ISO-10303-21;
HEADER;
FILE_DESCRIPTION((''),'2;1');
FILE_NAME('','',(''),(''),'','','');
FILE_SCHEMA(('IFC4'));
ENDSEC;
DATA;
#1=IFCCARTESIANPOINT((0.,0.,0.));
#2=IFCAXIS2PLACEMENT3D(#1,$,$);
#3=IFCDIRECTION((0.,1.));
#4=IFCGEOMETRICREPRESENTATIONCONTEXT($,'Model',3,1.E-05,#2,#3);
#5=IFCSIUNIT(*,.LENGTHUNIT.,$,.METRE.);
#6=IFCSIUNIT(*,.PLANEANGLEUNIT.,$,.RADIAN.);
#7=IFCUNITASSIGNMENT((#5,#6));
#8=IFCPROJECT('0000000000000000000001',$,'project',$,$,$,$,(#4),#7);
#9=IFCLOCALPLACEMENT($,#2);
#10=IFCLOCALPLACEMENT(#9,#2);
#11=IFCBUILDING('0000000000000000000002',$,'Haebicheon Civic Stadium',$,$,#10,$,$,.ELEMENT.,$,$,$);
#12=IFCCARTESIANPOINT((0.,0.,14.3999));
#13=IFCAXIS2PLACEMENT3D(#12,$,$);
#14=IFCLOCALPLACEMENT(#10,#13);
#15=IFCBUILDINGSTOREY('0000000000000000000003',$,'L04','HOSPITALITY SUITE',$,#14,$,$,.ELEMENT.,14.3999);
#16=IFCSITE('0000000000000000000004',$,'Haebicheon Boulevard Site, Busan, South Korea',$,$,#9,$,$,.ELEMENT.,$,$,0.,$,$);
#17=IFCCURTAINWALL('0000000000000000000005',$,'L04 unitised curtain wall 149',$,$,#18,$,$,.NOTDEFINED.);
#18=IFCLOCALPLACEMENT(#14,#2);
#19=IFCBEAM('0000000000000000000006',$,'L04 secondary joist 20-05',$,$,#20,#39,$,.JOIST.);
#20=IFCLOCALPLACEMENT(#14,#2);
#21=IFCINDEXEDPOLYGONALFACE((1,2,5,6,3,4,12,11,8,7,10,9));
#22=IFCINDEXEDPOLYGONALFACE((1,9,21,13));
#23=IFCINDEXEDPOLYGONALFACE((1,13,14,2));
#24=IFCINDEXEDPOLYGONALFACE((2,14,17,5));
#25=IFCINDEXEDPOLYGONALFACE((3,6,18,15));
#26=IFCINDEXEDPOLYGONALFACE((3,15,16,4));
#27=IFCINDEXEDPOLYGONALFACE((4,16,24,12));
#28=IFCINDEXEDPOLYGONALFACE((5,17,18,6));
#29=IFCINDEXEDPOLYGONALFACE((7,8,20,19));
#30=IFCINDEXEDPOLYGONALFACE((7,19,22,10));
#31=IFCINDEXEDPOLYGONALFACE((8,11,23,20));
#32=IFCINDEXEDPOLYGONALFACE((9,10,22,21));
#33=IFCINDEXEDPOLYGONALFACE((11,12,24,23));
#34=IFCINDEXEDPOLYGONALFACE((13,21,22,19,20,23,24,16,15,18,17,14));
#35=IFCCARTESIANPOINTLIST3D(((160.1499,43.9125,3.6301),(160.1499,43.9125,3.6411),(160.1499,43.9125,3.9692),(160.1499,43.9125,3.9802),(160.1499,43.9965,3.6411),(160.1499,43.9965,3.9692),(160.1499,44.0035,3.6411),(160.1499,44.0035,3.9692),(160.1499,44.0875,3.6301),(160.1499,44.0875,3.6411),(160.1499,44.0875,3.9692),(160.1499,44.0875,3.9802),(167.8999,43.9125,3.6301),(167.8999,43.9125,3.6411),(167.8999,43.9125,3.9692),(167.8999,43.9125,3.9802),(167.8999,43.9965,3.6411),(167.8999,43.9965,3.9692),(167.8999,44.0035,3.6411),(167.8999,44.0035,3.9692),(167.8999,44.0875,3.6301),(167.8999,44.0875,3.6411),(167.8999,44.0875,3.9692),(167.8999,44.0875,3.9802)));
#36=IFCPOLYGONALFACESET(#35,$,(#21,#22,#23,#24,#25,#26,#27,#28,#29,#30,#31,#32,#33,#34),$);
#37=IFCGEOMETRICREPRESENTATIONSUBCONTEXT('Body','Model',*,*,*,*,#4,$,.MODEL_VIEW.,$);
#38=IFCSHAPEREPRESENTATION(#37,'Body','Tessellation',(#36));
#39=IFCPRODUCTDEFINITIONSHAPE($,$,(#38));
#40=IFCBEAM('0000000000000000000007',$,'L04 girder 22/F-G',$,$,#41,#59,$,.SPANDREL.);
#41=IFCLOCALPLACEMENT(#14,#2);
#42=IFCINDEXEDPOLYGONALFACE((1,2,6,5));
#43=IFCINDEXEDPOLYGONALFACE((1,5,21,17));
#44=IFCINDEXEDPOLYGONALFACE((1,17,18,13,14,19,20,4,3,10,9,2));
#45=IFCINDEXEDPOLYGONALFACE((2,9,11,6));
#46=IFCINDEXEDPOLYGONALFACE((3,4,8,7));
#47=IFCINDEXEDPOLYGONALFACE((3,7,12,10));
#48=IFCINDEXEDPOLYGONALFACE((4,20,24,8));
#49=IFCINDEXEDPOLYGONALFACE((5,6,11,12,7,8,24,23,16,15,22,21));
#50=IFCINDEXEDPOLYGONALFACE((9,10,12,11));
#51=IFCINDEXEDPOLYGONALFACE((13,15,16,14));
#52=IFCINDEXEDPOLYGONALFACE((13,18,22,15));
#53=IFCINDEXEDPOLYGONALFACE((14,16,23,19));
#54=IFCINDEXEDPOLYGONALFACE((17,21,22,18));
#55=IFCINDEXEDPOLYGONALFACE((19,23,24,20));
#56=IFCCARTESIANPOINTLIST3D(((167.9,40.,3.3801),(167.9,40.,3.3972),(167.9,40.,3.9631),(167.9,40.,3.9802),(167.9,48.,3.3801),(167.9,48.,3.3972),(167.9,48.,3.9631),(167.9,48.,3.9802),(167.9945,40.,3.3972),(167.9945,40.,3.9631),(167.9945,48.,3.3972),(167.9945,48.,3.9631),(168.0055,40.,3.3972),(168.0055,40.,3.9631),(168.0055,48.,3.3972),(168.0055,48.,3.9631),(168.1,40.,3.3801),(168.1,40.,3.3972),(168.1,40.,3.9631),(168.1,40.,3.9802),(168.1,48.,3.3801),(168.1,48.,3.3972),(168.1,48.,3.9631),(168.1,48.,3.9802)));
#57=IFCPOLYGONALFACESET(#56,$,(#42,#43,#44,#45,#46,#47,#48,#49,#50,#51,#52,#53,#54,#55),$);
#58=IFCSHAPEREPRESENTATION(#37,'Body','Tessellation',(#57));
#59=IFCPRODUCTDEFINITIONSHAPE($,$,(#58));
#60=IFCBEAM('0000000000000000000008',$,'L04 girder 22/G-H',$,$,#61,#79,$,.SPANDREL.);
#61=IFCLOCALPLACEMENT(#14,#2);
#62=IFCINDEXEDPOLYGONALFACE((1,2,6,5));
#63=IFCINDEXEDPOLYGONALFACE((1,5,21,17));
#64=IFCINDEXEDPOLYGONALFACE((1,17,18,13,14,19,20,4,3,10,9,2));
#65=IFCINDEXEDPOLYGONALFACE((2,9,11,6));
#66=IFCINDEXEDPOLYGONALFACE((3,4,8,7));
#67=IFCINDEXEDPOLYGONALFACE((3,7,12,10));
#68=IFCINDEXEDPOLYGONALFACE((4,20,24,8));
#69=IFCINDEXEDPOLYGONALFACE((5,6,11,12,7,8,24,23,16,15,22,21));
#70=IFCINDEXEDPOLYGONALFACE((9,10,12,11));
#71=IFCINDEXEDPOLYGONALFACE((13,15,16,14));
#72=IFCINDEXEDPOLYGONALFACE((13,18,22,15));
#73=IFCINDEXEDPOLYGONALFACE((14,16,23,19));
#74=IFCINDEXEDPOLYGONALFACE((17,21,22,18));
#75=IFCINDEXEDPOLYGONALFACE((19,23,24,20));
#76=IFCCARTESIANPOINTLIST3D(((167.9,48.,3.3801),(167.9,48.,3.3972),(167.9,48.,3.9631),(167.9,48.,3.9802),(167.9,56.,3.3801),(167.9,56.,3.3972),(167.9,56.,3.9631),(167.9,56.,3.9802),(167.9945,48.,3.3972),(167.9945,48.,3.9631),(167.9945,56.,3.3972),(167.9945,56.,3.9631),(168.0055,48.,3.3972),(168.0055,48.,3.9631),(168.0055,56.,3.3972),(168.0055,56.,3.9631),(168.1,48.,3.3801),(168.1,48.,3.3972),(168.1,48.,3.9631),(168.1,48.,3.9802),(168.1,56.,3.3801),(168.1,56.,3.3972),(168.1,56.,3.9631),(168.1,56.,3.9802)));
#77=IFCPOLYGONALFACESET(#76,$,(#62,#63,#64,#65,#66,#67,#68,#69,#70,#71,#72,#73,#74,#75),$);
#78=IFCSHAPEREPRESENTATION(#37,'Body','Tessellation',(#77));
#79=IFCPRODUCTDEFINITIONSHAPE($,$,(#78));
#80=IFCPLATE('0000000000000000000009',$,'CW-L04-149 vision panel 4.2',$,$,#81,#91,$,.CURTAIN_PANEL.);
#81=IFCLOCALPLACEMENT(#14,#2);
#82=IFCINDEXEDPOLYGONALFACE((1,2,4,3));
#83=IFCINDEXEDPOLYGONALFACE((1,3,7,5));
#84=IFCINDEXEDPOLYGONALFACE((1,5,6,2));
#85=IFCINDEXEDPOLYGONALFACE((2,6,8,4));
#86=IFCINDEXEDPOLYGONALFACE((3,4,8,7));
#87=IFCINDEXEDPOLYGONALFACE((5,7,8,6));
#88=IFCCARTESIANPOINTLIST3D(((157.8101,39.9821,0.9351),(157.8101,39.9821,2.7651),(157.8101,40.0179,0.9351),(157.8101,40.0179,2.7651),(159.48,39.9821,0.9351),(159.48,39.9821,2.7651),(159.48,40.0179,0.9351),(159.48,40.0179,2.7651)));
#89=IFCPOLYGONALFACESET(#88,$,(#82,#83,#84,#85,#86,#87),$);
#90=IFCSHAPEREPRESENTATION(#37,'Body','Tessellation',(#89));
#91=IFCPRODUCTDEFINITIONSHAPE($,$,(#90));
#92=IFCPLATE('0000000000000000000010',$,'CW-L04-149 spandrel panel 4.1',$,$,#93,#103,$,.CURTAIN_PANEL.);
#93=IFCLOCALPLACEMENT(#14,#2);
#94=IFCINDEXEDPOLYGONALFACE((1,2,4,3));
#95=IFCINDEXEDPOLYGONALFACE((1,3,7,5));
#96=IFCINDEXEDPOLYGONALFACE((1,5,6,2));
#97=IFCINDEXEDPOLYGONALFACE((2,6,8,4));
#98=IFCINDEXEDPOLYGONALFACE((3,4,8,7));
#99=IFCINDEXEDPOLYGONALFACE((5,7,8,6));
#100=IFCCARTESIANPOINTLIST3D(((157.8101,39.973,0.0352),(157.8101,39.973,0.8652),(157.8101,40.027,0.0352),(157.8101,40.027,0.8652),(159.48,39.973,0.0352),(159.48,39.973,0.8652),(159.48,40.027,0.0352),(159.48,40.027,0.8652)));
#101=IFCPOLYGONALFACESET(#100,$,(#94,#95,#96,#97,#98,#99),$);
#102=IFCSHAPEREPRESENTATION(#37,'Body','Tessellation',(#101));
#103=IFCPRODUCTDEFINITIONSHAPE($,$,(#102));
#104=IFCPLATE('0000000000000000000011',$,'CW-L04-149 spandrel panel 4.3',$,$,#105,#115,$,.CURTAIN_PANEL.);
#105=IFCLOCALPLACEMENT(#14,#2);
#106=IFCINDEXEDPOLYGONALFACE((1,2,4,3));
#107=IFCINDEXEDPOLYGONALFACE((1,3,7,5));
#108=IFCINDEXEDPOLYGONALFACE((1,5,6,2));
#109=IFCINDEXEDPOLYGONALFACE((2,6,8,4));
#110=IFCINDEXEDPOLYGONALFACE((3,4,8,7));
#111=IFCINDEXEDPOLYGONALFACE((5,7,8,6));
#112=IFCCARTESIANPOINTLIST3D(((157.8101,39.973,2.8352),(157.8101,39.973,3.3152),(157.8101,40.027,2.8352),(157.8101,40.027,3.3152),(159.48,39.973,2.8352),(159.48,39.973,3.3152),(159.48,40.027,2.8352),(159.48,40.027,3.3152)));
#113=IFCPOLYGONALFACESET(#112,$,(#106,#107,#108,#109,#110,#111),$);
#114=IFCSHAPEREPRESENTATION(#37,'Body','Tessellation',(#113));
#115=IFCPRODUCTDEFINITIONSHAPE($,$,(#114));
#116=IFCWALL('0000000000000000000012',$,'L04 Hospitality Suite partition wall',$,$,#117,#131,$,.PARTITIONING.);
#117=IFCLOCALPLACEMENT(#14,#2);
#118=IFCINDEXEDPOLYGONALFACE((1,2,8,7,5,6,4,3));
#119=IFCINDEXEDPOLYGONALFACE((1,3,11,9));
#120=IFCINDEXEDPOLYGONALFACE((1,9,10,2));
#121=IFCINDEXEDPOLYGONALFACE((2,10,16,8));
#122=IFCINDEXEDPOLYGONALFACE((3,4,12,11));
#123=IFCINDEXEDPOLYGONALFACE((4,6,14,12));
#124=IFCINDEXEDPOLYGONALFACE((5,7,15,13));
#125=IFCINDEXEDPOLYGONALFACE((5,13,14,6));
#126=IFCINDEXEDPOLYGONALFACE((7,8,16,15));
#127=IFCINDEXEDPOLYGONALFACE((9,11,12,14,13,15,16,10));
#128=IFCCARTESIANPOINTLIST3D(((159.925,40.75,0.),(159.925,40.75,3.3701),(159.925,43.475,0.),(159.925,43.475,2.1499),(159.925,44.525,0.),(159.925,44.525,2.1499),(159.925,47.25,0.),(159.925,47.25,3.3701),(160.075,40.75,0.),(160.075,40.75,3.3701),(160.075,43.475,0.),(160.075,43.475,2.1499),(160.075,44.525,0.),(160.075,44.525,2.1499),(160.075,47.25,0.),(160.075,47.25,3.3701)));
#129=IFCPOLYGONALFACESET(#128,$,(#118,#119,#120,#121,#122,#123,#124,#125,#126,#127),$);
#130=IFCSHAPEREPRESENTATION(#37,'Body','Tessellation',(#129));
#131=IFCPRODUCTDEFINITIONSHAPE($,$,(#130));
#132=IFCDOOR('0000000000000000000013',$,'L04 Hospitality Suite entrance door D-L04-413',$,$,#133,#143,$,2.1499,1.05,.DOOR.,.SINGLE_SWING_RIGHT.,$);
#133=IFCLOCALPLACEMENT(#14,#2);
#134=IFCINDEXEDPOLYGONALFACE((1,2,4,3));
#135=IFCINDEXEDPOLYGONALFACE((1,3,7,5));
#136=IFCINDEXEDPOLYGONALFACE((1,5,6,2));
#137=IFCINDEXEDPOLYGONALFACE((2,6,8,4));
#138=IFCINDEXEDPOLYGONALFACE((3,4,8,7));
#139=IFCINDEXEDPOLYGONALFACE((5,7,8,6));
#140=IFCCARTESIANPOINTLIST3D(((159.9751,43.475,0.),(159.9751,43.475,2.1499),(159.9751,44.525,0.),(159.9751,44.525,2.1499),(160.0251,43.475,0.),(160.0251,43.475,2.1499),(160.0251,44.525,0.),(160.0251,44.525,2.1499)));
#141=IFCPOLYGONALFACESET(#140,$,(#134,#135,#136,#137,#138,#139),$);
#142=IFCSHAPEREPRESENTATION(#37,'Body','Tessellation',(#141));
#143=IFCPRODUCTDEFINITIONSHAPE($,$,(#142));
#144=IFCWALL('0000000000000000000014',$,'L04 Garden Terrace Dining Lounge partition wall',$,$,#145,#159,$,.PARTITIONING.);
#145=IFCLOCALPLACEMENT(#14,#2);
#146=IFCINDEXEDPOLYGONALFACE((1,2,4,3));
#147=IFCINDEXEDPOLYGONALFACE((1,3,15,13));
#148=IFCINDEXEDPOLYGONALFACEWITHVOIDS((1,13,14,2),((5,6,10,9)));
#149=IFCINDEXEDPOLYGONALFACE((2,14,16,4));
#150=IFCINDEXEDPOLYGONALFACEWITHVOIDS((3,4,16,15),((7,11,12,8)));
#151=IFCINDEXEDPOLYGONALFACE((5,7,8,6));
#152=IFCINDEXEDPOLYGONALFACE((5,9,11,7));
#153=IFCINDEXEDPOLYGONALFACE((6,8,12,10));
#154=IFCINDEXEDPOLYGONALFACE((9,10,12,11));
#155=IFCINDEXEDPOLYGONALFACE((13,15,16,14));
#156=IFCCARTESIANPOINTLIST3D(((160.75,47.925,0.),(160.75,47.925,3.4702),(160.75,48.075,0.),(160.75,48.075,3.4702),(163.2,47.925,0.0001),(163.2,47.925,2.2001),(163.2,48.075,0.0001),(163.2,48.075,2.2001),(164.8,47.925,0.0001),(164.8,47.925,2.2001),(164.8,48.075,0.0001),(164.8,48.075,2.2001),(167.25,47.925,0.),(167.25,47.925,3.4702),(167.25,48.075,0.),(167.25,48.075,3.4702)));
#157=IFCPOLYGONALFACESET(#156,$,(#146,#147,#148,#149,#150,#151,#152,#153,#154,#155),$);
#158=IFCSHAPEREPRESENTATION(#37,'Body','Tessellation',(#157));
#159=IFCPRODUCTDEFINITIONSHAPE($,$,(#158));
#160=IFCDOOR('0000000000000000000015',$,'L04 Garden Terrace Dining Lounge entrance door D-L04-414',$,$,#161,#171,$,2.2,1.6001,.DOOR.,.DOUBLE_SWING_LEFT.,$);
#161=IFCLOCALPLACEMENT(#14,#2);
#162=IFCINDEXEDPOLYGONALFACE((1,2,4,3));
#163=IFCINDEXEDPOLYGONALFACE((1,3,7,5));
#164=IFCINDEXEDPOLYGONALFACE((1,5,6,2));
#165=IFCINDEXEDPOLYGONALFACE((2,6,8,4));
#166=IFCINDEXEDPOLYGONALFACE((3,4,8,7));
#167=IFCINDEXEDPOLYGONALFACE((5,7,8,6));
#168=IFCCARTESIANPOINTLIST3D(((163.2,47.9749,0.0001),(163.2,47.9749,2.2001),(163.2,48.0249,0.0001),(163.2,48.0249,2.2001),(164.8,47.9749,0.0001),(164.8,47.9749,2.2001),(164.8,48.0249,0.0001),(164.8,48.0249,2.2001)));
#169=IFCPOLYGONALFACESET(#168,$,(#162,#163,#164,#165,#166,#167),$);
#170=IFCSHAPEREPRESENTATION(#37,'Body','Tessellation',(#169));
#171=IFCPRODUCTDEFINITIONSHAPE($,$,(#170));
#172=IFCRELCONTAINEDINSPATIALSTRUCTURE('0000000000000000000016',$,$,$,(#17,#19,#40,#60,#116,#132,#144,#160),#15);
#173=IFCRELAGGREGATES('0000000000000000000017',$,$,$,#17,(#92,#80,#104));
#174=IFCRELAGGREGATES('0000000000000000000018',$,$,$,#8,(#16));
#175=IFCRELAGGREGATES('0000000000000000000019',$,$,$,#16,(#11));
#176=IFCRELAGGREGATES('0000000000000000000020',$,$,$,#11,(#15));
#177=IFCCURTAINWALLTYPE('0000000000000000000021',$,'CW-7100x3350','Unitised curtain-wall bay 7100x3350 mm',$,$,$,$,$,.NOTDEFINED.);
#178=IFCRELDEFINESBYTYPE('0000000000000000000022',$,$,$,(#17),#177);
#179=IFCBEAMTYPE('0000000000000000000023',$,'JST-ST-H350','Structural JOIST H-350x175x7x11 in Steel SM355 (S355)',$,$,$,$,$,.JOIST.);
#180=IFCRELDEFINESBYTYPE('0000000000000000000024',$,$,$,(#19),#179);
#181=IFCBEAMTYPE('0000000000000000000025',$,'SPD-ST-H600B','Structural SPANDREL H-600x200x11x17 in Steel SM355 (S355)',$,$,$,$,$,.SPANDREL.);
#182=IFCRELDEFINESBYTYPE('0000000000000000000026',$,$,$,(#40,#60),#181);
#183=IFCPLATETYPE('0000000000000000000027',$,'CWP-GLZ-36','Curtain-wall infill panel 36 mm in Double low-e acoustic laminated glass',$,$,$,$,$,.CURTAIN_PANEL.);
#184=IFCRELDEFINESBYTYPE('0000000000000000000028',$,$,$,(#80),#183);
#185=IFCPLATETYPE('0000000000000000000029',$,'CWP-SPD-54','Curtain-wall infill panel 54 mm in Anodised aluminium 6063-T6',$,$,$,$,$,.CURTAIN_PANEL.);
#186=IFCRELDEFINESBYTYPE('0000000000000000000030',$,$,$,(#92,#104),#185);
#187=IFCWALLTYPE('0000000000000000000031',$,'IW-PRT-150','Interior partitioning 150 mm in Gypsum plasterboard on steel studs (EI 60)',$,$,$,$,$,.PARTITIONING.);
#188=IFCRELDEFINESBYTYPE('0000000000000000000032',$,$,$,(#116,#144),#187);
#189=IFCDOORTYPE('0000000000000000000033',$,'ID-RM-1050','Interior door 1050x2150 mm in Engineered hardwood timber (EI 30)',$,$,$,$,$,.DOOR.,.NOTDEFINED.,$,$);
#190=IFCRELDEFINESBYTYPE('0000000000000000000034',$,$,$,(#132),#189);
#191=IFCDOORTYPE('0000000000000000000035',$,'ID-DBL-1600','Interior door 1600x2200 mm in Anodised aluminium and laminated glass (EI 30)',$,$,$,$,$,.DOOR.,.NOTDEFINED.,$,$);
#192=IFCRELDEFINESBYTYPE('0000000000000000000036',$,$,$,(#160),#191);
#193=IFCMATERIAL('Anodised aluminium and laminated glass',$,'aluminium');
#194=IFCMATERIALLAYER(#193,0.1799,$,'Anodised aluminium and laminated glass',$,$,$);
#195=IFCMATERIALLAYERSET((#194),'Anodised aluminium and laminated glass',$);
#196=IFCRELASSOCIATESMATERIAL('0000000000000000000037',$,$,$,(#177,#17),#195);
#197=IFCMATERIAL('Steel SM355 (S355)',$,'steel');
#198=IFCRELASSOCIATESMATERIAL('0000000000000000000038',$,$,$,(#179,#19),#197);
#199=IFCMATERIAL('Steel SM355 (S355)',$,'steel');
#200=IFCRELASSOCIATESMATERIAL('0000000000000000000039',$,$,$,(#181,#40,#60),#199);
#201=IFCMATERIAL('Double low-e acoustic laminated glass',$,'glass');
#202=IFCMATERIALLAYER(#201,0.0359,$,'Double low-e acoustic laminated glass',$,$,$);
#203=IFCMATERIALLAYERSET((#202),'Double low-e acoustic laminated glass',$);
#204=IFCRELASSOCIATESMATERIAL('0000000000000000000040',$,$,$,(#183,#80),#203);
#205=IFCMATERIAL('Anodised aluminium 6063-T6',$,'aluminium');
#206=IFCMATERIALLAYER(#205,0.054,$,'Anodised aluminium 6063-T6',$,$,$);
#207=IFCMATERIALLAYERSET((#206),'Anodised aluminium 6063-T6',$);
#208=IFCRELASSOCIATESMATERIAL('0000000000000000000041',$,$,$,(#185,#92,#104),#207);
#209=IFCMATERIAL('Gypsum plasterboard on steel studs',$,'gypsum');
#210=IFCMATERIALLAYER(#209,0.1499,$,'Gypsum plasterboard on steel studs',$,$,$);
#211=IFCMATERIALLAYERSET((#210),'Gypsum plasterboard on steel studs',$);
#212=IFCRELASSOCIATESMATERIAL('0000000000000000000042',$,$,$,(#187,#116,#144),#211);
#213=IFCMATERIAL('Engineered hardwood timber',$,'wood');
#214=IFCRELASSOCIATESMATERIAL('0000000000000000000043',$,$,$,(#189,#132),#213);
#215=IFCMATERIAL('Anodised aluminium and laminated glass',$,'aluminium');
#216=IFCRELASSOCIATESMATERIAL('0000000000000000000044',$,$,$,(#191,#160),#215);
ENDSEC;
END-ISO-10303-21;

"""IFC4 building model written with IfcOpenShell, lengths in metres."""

from ifc_helpers import new_model, si_unit, direction, frame, frame_2d, origin, origin_2d, place, context, subcontext, project, spatial, rectangle, i_section, extrude, material, layer, layer_set, material_profile, profile_set, type_object, element, fill, aggregate, save


model = new_model("IFC4")

# Units and contexts
model_context = context("Model", 3, precision=1e-05, world=origin(), true_north=direction((0.0, 1.0)))
body_context = subcontext(model_context, "Body", "Model", "MODEL_VIEW")
ifc_project = project(units=[si_unit("LENGTHUNIT", "METRE"), si_unit("PLANEANGLEUNIT", "RADIAN")], contexts=[model_context])

# Site, building, storey
site_placement = place(None, origin())
site = spatial("IfcSite", under=ifc_project, at=site_placement, Name="Haebicheon Boulevard Site, Busan, South Korea", CompositionType="ELEMENT", RefElevation=0.0)
building_placement = place(site_placement, origin())
building = spatial("IfcBuilding", under=site, at=building_placement, Name="Haebicheon Civic Stadium", CompositionType="ELEMENT")
storey_placement = place(building_placement, frame((0.0, 0.0, 14.3999)))
storey = spatial("IfcBuildingStorey", under=building, at=storey_placement, Name="L04", Description="HOSPITALITY SUITE", CompositionType="ELEMENT", Elevation=14.3999)

# Curtain wall
ifc_material_1 = material(Name="Anodised aluminium and laminated glass", Category="aluminium")
ifc_layer_1 = layer(ifc_material_1, 0.1799, Name="Anodised aluminium and laminated glass")
ifc_layer_set_1 = layer_set([ifc_layer_1], Name="Anodised aluminium and laminated glass")
curtain_wall_type = type_object("IfcCurtainWallType", Name="CW-7100x3350", Description="Unitised curtain-wall bay 7100x3350 mm", PredefinedType="NOTDEFINED", material=ifc_layer_set_1)
curtain_wall_placement = place(storey_placement, origin())
curtain_wall = element("IfcCurtainWall", 1, at=curtain_wall_placement, inside=storey, type_object=curtain_wall_type, material=ifc_layer_set_1, Name="L04 unitised curtain wall 149", PredefinedType="NOTDEFINED")

# Beams
ifc_material_2 = material(Name="Steel SM355 (S355)", Category="steel")
ifc_material_profile_1 = material_profile(ifc_material_2, i_section(OverallWidth=0.175, OverallDepth=0.3501, WebThickness=0.0071, FlangeThickness=0.011, at=origin_2d()), Name="H-350x175x7x11")
ifc_profile_set_1 = profile_set([ifc_material_profile_1], Name="Steel SM355 (S355)")
beam_type_1 = type_object("IfcBeamType", Name="JST-ST-H350", Description="Structural JOIST H-350x175x7x11 in Steel SM355 (S355)", PredefinedType="JOIST", material=ifc_profile_set_1)
beam_placement = place(storey_placement, frame((160.1499, 44.0, 3.8052), z_axis=(1.0, 0.0, 0.0), x_axis=(0.0, 1.0, 0.0)))
element("IfcBeam", 2, at=beam_placement, inside=storey, type_object=beam_type_1, material=ifc_profile_set_1, Name="L04 secondary joist 20-05", PredefinedType="JOIST", context=body_context, shape_type="SweptSolid", body=[
    extrude(i_section(OverallWidth=0.175, OverallDepth=0.3501, WebThickness=0.0071, FlangeThickness=0.011, at=origin_2d()), origin(), (0.0, 0.0, 1.0), 7.75),
])
ifc_material_3 = material(Name="Steel SM355 (S355)", Category="steel")
ifc_material_profile_2 = material_profile(ifc_material_3, i_section(OverallWidth=0.2, OverallDepth=0.6001, WebThickness=0.011, FlangeThickness=0.0171, at=origin_2d()), Name="H-600x200x11x17")
ifc_profile_set_2 = profile_set([ifc_material_profile_2], Name="Steel SM355 (S355)")
beam_type_2 = type_object("IfcBeamType", Name="SPD-ST-H600B", Description="Structural SPANDREL H-600x200x11x17 in Steel SM355 (S355)", PredefinedType="SPANDREL", material=ifc_profile_set_2)
for number, where, z_axis, x_axis, name in (
    (3, (168.0, 40.0, 3.6802), (0.0, 1.0, 0.0), (-1.0, 0.0, 0.0), "L04 girder 22/F-G"),
    (4, (168.0, 48.0, 3.6802), (0.0, 1.0, 0.0), (-1.0, 0.0, 0.0), "L04 girder 22/G-H"),
):
    element("IfcBeam", number, at=place(storey_placement, frame(where, z_axis=z_axis, x_axis=x_axis)), inside=storey, type_object=beam_type_2, material=ifc_profile_set_2, Name=name, PredefinedType="SPANDREL", context=body_context, shape_type="SweptSolid", body=[
        extrude(i_section(OverallWidth=0.2, OverallDepth=0.6001, WebThickness=0.011, FlangeThickness=0.0171, at=origin_2d()), origin(), (0.0, 0.0, 1.0), 8.0),
    ])

# Plates
ifc_material_4 = material(Name="Double low-e acoustic laminated glass", Category="glass")
ifc_layer_2 = layer(ifc_material_4, 0.0359, Name="Double low-e acoustic laminated glass")
ifc_layer_set_2 = layer_set([ifc_layer_2], Name="Double low-e acoustic laminated glass")
plate_type_1 = type_object("IfcPlateType", Name="CWP-GLZ-36", Description="Curtain-wall infill panel 36 mm in Double low-e acoustic laminated glass", PredefinedType="CURTAIN_PANEL", material=ifc_layer_set_2)
plate_1_placement = place(storey_placement, frame((158.645, 40.0, 0.9351), z_axis=(0.0, 0.0, 1.0), x_axis=(1.0, 0.0, 0.0)))
plate_1 = element("IfcPlate", 5, at=plate_1_placement, type_object=plate_type_1, material=ifc_layer_set_2, Name="CW-L04-149 vision panel 4.2", PredefinedType="CURTAIN_PANEL", context=body_context, shape_type="SweptSolid", body=[
    extrude(rectangle(XDim=1.6699, YDim=0.0359, at=origin_2d()), origin(), (0.0, 0.0, 1.0), 1.8301),
])
ifc_material_5 = material(Name="Anodised aluminium 6063-T6", Category="aluminium")
ifc_layer_3 = layer(ifc_material_5, 0.054, Name="Anodised aluminium 6063-T6")
ifc_layer_set_3 = layer_set([ifc_layer_3], Name="Anodised aluminium 6063-T6")
plate_type_2 = type_object("IfcPlateType", Name="CWP-SPD-54", Description="Curtain-wall infill panel 54 mm in Anodised aluminium 6063-T6", PredefinedType="CURTAIN_PANEL", material=ifc_layer_set_3)
plate_2_placement = place(storey_placement, frame((158.645, 40.0, 0.0352), z_axis=(0.0, 0.0, 1.0), x_axis=(1.0, 0.0, 0.0)))
plate_2 = element("IfcPlate", 6, at=plate_2_placement, type_object=plate_type_2, material=ifc_layer_set_3, Name="CW-L04-149 spandrel panel 4.1", PredefinedType="CURTAIN_PANEL", context=body_context, shape_type="SweptSolid", body=[
    extrude(rectangle(XDim=1.6699, YDim=0.054, at=origin_2d()), origin(), (0.0, 0.0, 1.0), 0.8301),
])
plate_3_placement = place(storey_placement, frame((158.645, 40.0, 2.8352), z_axis=(0.0, 0.0, 1.0), x_axis=(1.0, 0.0, 0.0)))
plate_3 = element("IfcPlate", 7, at=plate_3_placement, type_object=plate_type_2, material=ifc_layer_set_3, Name="CW-L04-149 spandrel panel 4.3", PredefinedType="CURTAIN_PANEL", context=body_context, shape_type="SweptSolid", body=[
    extrude(rectangle(XDim=1.6699, YDim=0.054, at=origin_2d()), origin(), (0.0, 0.0, 1.0), 0.48),
])
aggregate(curtain_wall, [plate_2, plate_1, plate_3])

# Walls, openings, doors
ifc_material_6 = material(Name="Gypsum plasterboard on steel studs", Category="gypsum")
ifc_layer_4 = layer(ifc_material_6, 0.1499, Name="Gypsum plasterboard on steel studs")
ifc_layer_set_4 = layer_set([ifc_layer_4], Name="Gypsum plasterboard on steel studs")
wall_type_1 = type_object("IfcWallType", Name="IW-PRT-150", Description="Interior partitioning 150 mm in Gypsum plasterboard on steel studs (EI 60)", PredefinedType="PARTITIONING", material=ifc_layer_set_4)
wall_1_placement = place(storey_placement, frame((160.0, 40.75, 0.0), z_axis=(0.0, 0.0, 1.0), x_axis=(0.0, 1.0, 0.0)))
wall_1 = element("IfcWall", 8, at=wall_1_placement, inside=storey, type_object=wall_type_1, material=ifc_layer_set_4, Name="L04 Hospitality Suite partition wall", PredefinedType="PARTITIONING", context=body_context, shape_type="SweptSolid", body=[
    extrude(rectangle(XDim=6.5, YDim=0.1499, at=frame_2d((3.25, 0.0))), origin(), (0.0, 0.0, 1.0), 3.3701),
])
opening_1_placement = place(wall_1_placement, frame((2.7251, 0.0, 0.0)))
opening_1 = element("IfcOpeningElement", 9, at=opening_1_placement, cuts=wall_1, PredefinedType="OPENING", context=body_context, shape_type="SweptSolid", body=[
    extrude(rectangle(XDim=1.05, YDim=2.1499, at=frame_2d((0.5249, 1.075))), frame((0.0, 0.085, 0.0), z_axis=(0.0, -1.0, 0.0), x_axis=(1.0, 0.0, 0.0)), (0.0, 0.0, 1.0), 0.1699),
])
ifc_material_7 = material(Name="Engineered hardwood timber", Category="wood")
door_type_1 = type_object("IfcDoorType", Name="ID-RM-1050", Description="Interior door 1050x2150 mm in Engineered hardwood timber (EI 30)", OperationType="NOTDEFINED", PredefinedType="DOOR", material=ifc_material_7)
door_1_placement = place(opening_1_placement, origin())
door_1 = element("IfcDoor", 10, at=door_1_placement, inside=storey, type_object=door_type_1, material=ifc_material_7, Name="L04 Hospitality Suite entrance door D-L04-413", OperationType="SINGLE_SWING_RIGHT", OverallHeight=2.1499, OverallWidth=1.05, PredefinedType="DOOR", context=body_context, shape_type="SweptSolid", body=[
    extrude(rectangle(XDim=1.05, YDim=2.1499, at=frame_2d((0.5249, 1.075))), frame((0.0, 0.0249, 0.0), z_axis=(0.0, -1.0, 0.0), x_axis=(1.0, 0.0, 0.0)), (0.0, 0.0, 1.0), 0.05),
])
fill(opening_1, door_1)
wall_2_placement = place(storey_placement, frame((160.75, 48.0, 0.0), z_axis=(0.0, 0.0, 1.0), x_axis=(1.0, 0.0, 0.0)))
wall_2 = element("IfcWall", 11, at=wall_2_placement, inside=storey, type_object=wall_type_1, material=ifc_layer_set_4, Name="L04 Garden Terrace Dining Lounge partition wall", PredefinedType="PARTITIONING", context=body_context, shape_type="SweptSolid", body=[
    extrude(rectangle(XDim=6.5, YDim=0.1499, at=frame_2d((3.25, 0.0))), origin(), (0.0, 0.0, 1.0), 3.4702),
])
opening_2_placement = place(wall_2_placement, frame((2.45, 0.0, 0.0)))
opening_2 = element("IfcOpeningElement", 12, at=opening_2_placement, cuts=wall_2, PredefinedType="OPENING", context=body_context, shape_type="SweptSolid", body=[
    extrude(rectangle(XDim=1.6001, YDim=2.2, at=frame_2d((0.8, 1.1001))), frame((0.0, 0.085, 0.0), z_axis=(0.0, -1.0, 0.0), x_axis=(1.0, 0.0, 0.0)), (0.0, 0.0, 1.0), 0.1699),
])
ifc_material_8 = material(Name="Anodised aluminium and laminated glass", Category="aluminium")
door_type_2 = type_object("IfcDoorType", Name="ID-DBL-1600", Description="Interior door 1600x2200 mm in Anodised aluminium and laminated glass (EI 30)", OperationType="NOTDEFINED", PredefinedType="DOOR", material=ifc_material_8)
door_2_placement = place(opening_2_placement, origin())
door_2 = element("IfcDoor", 13, at=door_2_placement, inside=storey, type_object=door_type_2, material=ifc_material_8, Name="L04 Garden Terrace Dining Lounge entrance door D-L04-414", OperationType="DOUBLE_SWING_LEFT", OverallHeight=2.2, OverallWidth=1.6001, PredefinedType="DOOR", context=body_context, shape_type="SweptSolid", body=[
    extrude(rectangle(XDim=1.6001, YDim=2.2, at=frame_2d((0.8, 1.1001))), frame((0.0, 0.0249, 0.0), z_axis=(0.0, -1.0, 0.0), x_axis=(1.0, 0.0, 0.0)), (0.0, 0.0, 1.0), 0.05),
])
fill(opening_2, door_2)

save(model, "model.ifc")
